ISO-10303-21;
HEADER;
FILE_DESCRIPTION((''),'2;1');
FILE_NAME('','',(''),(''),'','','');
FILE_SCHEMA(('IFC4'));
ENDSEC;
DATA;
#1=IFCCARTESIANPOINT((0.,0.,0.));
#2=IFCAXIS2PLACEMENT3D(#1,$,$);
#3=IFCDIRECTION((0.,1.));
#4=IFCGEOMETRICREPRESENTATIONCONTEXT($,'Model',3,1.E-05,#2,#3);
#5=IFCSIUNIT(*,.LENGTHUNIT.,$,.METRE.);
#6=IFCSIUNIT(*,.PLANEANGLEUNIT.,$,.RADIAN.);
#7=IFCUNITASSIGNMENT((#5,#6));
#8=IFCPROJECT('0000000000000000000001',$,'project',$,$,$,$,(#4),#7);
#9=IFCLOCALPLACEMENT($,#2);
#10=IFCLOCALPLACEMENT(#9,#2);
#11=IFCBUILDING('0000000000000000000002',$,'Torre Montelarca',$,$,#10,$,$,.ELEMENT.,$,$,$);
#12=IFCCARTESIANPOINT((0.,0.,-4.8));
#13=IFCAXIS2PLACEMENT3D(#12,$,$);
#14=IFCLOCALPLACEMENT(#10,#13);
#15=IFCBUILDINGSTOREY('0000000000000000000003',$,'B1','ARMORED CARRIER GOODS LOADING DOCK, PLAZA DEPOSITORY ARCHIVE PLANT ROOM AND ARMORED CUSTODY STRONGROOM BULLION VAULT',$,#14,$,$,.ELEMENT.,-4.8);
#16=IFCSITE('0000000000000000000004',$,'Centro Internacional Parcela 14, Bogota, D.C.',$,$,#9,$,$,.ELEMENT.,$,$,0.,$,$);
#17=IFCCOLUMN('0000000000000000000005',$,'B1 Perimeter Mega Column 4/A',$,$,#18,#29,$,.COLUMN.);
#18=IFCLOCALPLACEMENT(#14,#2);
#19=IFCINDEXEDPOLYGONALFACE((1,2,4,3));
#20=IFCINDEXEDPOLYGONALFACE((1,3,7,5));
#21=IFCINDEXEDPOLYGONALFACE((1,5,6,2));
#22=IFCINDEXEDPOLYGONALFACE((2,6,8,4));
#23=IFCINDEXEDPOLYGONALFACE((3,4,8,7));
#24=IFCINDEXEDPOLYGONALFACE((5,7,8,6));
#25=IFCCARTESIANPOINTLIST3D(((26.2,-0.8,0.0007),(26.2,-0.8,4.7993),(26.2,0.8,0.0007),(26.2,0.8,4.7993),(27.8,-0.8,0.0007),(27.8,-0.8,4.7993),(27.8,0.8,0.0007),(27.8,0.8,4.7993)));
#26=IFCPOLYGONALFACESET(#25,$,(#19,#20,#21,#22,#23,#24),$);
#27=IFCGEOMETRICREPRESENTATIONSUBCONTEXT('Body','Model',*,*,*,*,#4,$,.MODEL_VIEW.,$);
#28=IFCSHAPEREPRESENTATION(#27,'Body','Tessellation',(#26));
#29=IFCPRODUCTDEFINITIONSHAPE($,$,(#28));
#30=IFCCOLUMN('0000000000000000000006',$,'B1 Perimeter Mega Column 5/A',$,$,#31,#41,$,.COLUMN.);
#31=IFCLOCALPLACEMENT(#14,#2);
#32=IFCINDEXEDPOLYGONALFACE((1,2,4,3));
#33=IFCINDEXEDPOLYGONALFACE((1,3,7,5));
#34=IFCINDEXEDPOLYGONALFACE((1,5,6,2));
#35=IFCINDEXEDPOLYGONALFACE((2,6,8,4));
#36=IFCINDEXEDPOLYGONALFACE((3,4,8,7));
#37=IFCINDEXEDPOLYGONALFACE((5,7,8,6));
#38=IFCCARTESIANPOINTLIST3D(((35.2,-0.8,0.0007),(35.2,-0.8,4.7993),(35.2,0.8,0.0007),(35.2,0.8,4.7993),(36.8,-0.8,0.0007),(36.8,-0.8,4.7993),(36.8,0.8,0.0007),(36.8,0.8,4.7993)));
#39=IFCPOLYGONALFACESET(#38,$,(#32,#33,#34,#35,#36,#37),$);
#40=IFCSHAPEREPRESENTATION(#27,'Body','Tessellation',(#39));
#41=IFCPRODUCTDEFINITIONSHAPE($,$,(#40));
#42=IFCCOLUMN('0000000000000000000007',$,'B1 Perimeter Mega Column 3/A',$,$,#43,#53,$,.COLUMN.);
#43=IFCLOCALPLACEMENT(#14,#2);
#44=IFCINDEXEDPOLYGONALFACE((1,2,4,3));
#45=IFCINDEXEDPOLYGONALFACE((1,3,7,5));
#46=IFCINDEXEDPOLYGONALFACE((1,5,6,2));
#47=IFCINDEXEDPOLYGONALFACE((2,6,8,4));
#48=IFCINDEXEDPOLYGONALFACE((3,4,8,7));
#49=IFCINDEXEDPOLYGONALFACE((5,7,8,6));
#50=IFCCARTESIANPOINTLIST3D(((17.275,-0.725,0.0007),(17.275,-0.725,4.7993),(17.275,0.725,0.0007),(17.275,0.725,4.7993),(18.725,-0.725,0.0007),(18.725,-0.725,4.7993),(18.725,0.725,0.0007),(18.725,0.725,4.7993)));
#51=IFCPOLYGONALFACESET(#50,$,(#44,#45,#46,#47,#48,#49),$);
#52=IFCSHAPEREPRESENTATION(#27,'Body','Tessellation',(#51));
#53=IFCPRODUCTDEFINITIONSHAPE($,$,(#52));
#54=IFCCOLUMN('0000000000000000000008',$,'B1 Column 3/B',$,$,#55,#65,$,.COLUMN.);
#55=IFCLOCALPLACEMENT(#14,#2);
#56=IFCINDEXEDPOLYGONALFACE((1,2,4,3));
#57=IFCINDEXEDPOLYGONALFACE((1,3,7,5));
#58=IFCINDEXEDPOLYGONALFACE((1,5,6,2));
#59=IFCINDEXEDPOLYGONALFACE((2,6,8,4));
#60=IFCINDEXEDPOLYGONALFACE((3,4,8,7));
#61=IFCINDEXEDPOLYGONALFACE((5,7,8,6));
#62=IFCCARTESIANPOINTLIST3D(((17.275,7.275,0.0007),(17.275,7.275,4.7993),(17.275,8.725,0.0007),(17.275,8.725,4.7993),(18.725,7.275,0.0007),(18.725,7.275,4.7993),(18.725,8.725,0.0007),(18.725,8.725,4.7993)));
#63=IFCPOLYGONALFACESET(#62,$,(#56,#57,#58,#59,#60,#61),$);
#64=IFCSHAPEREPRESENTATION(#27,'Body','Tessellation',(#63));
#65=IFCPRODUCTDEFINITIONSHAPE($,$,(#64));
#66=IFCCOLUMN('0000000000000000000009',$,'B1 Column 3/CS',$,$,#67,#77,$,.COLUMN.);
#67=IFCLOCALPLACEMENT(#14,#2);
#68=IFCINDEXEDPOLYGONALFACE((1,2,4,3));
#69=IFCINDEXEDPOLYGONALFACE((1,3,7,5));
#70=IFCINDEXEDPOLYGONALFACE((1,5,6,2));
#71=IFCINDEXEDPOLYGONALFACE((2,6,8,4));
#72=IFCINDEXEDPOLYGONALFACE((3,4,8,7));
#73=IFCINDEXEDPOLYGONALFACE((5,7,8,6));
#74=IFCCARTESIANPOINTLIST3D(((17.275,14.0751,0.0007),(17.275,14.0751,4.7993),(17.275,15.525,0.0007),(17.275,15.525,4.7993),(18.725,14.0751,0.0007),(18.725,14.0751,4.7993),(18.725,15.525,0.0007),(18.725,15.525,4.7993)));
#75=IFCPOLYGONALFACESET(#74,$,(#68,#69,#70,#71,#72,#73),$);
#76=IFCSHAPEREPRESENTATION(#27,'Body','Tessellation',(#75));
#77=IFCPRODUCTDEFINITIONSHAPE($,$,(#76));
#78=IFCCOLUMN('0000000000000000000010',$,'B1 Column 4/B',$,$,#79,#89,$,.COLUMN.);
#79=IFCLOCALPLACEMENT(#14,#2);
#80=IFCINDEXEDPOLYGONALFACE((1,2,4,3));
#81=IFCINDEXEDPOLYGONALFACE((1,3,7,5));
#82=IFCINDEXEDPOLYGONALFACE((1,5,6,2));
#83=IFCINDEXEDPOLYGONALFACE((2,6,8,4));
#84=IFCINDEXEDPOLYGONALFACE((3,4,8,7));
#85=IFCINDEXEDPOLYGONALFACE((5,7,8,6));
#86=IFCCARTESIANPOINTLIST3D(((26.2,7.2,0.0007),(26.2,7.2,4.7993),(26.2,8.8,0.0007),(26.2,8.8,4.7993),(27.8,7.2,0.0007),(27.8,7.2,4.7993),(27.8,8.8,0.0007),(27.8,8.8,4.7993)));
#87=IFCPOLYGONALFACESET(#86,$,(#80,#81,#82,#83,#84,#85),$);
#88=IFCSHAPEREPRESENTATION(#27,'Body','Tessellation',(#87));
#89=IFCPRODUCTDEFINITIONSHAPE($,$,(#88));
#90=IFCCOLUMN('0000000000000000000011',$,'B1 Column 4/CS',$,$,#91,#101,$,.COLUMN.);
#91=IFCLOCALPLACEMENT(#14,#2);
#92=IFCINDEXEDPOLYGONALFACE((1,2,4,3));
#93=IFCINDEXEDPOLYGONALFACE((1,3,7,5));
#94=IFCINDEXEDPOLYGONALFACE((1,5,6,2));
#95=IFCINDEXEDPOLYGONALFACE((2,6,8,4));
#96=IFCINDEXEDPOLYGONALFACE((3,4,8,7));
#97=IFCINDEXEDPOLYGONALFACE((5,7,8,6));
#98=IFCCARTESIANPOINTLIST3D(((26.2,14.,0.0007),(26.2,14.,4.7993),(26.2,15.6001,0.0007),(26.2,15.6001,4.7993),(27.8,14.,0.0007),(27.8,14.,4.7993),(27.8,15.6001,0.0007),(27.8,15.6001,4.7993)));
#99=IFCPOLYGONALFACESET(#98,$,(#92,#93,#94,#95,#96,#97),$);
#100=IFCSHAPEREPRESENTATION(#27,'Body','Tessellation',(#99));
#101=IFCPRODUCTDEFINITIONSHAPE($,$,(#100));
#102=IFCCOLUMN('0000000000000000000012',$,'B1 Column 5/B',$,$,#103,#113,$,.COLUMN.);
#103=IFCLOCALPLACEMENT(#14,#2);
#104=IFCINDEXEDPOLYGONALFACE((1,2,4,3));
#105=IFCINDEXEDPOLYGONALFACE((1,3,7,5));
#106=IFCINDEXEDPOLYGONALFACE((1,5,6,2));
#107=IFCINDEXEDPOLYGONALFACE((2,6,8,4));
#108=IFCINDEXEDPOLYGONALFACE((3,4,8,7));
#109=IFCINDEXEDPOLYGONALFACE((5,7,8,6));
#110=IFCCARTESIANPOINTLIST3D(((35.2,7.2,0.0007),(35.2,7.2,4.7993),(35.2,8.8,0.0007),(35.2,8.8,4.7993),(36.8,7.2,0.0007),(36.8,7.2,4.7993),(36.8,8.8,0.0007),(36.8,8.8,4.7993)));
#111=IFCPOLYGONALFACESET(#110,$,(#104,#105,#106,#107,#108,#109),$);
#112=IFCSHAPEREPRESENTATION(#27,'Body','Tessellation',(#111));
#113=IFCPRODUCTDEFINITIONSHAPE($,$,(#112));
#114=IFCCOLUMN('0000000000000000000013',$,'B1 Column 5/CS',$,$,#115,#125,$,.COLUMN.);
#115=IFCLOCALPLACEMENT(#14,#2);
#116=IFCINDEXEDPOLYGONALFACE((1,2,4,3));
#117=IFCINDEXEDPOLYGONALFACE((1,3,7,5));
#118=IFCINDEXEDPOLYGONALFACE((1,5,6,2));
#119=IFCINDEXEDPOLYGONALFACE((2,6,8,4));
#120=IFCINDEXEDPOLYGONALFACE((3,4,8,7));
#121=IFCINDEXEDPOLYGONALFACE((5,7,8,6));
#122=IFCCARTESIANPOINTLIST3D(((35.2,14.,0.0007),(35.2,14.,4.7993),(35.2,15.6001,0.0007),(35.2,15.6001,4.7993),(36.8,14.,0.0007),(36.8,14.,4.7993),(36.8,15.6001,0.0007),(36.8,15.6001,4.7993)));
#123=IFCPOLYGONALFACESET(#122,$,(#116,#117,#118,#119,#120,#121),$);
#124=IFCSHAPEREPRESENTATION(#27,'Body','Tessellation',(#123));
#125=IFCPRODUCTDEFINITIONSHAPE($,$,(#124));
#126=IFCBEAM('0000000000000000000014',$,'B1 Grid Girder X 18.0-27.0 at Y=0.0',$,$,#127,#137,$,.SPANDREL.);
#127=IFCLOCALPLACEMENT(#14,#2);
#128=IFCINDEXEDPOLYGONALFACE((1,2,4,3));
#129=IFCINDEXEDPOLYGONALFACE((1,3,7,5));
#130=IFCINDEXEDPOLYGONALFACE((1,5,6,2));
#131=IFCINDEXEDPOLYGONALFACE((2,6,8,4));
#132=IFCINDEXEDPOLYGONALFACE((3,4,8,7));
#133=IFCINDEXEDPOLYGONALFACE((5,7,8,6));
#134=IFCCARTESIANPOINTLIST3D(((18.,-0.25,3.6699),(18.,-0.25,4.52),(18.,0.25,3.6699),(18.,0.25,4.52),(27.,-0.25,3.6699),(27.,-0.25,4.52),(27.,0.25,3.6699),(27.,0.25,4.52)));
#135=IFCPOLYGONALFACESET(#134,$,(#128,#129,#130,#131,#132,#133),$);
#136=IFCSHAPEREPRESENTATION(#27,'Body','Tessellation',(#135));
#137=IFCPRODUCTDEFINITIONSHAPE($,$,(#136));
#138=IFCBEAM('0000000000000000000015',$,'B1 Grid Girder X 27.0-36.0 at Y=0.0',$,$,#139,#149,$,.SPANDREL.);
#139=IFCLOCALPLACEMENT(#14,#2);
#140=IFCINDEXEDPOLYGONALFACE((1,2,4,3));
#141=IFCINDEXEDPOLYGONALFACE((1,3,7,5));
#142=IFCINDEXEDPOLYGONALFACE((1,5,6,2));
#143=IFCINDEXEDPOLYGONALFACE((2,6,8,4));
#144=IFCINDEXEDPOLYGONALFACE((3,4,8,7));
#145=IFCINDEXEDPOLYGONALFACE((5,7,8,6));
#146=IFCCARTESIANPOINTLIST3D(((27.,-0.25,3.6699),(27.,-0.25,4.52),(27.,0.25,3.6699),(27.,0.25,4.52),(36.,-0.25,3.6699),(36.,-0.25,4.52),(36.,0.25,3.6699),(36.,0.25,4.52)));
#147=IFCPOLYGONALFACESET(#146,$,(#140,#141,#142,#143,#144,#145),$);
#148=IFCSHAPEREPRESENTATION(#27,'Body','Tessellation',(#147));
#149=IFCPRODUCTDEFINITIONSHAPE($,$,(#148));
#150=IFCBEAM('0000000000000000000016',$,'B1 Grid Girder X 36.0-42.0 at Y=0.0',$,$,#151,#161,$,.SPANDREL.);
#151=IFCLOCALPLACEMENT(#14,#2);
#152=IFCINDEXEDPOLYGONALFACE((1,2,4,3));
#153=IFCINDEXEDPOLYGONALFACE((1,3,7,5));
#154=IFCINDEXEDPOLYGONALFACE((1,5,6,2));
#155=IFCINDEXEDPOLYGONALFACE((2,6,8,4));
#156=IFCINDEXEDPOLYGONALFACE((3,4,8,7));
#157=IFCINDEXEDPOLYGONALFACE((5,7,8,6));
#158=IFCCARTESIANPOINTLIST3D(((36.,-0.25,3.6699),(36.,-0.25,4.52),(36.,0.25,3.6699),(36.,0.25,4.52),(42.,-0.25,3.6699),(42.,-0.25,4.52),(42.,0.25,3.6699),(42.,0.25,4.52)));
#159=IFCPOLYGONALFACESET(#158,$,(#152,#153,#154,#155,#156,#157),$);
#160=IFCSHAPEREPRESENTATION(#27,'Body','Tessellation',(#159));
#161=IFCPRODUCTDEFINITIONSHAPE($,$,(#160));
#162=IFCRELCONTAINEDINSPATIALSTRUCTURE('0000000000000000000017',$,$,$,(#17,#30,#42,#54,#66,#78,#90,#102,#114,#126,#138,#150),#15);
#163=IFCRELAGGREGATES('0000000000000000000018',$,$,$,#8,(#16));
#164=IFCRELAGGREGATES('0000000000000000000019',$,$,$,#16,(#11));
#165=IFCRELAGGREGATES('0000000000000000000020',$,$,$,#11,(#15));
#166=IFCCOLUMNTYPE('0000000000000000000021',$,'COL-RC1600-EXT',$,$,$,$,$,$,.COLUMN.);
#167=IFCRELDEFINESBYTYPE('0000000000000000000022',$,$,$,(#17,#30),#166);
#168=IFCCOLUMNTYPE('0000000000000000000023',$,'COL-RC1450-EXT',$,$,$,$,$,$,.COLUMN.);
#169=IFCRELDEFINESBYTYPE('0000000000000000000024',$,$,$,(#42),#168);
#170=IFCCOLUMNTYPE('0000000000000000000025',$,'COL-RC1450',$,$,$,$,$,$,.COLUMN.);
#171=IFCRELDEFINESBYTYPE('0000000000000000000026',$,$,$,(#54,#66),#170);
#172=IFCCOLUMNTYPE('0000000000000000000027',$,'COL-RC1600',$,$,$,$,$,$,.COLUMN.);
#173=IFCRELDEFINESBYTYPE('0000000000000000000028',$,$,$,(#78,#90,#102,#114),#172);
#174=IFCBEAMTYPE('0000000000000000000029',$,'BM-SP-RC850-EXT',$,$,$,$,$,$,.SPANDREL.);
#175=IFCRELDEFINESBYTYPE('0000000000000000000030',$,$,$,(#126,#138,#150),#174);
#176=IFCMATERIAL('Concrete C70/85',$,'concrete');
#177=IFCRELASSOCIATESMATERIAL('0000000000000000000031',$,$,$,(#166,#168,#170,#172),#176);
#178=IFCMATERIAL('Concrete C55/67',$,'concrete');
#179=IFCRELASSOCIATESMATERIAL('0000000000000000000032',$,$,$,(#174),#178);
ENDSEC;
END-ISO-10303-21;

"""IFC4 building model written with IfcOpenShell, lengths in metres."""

from ifc_helpers import new_model, si_unit, direction, frame, origin, origin_2d, place, context, subcontext, project, spatial, rectangle, extrude, source, transform, mapped, material, material_profile, profile_set, type_object, element, save


model = new_model("IFC4")

# Units and contexts
model_context = context("Model", 3, precision=1e-05, world=origin(), true_north=direction((0.0, 1.0)))
body_context = subcontext(model_context, "Body", "Model", "MODEL_VIEW")
ifc_project = project(units=[si_unit("LENGTHUNIT", "METRE"), si_unit("PLANEANGLEUNIT", "RADIAN")], contexts=[model_context])

# Site, building, storey
site_placement = place(None, origin())
site = spatial("IfcSite", under=ifc_project, at=site_placement, Name="Centro Internacional Parcela 14, Bogota, D.C.", CompositionType="ELEMENT", RefElevation=0.0)
building_placement = place(site_placement, origin())
building = spatial("IfcBuilding", under=site, at=building_placement, Name="Torre Montelarca", CompositionType="ELEMENT")
storey_placement = place(building_placement, frame((0.0, 0.0, -4.8)))
storey = spatial("IfcBuildingStorey", under=building, at=storey_placement, Name="B1", Description="ARMORED CARRIER GOODS LOADING DOCK, PLAZA DEPOSITORY ARCHIVE PLANT ROOM AND ARMORED CUSTODY STRONGROOM BULLION VAULT", CompositionType="ELEMENT", Elevation=-4.8)

# Columns
ifc_material_1 = material(Name="Concrete C70/85", Category="concrete")
ifc_material_profile_1 = material_profile(ifc_material_1, rectangle(XDim=1.6001, YDim=1.6001, at=origin_2d()), Name="RC1600X1600", Category="concrete")
ifc_profile_set_1 = profile_set([ifc_material_profile_1], Name="Concrete C70/85")
column_type_1 = type_object("IfcColumnType", Name="COL-RC1600-EXT", PredefinedType="COLUMN", material=ifc_profile_set_1)
shared_shape_1 = source(origin(), body_context, "Body", "SweptSolid", [
    extrude(rectangle(XDim=1.6001, YDim=1.6001, at=origin_2d()), origin(), (0.0, 0.0, 1.0), 4.7986),
])
for number, where, z_axis, x_axis, name in (
    (1, (27.0, 0.0, 0.0007), (0.0, 0.0, 1.0), (1.0, 0.0, 0.0), "B1 Perimeter Mega Column 4/A"),
    (2, (36.0, 0.0, 0.0007), (0.0, 0.0, 1.0), (1.0, 0.0, 0.0), "B1 Perimeter Mega Column 5/A"),
):
    element("IfcColumn", number, at=place(storey_placement, frame(where, z_axis=z_axis, x_axis=x_axis)), inside=storey, type_object=column_type_1, Name=name, PredefinedType="COLUMN", context=body_context, shape_type="MappedRepresentation", body=[
        mapped(shared_shape_1, transform((0.0, 0.0, 0.0), scale=1.0)),
    ])
ifc_material_profile_2 = material_profile(ifc_material_1, rectangle(XDim=1.45, YDim=1.45, at=origin_2d()), Name="RC1450X1450", Category="concrete")
ifc_profile_set_2 = profile_set([ifc_material_profile_2], Name="Concrete C70/85")
column_type_2 = type_object("IfcColumnType", Name="COL-RC1450-EXT", PredefinedType="COLUMN", material=ifc_profile_set_2)
shared_shape_2 = source(origin(), body_context, "Body", "SweptSolid", [
    extrude(rectangle(XDim=1.45, YDim=1.45, at=origin_2d()), origin(), (0.0, 0.0, 1.0), 4.7986),
])
column_placement = place(storey_placement, frame((18.0, 0.0, 0.0007), z_axis=(0.0, 0.0, 1.0), x_axis=(1.0, 0.0, 0.0)))
element("IfcColumn", 3, at=column_placement, inside=storey, type_object=column_type_2, Name="B1 Perimeter Mega Column 3/A", PredefinedType="COLUMN", context=body_context, shape_type="MappedRepresentation", body=[
    mapped(shared_shape_2, transform((0.0, 0.0, 0.0), scale=1.0)),
])
ifc_material_profile_3 = material_profile(ifc_material_1, rectangle(XDim=1.45, YDim=1.45, at=origin_2d()), Name="RC1450X1450", Category="concrete")
ifc_profile_set_3 = profile_set([ifc_material_profile_3], Name="Concrete C70/85")
column_type_3 = type_object("IfcColumnType", Name="COL-RC1450", PredefinedType="COLUMN", material=ifc_profile_set_3)
shared_shape_3 = source(origin(), body_context, "Body", "SweptSolid", [
    extrude(rectangle(XDim=1.45, YDim=1.45, at=origin_2d()), origin(), (0.0, 0.0, 1.0), 4.7986),
])
for number, where, z_axis, x_axis, name in (
    (4, (18.0, 8.0, 0.0007), (0.0, 0.0, 1.0), (1.0, 0.0, 0.0), "B1 Column 3/B"),
    (5, (18.0, 14.8, 0.0007), (0.0, 0.0, 1.0), (1.0, 0.0, 0.0), "B1 Column 3/CS"),
):
    element("IfcColumn", number, at=place(storey_placement, frame(where, z_axis=z_axis, x_axis=x_axis)), inside=storey, type_object=column_type_3, Name=name, PredefinedType="COLUMN", context=body_context, shape_type="MappedRepresentation", body=[
        mapped(shared_shape_3, transform((0.0, 0.0, 0.0), scale=1.0)),
    ])
ifc_material_profile_4 = material_profile(ifc_material_1, rectangle(XDim=1.6001, YDim=1.6001, at=origin_2d()), Name="RC1600X1600", Category="concrete")
ifc_profile_set_4 = profile_set([ifc_material_profile_4], Name="Concrete C70/85")
column_type_4 = type_object("IfcColumnType", Name="COL-RC1600", PredefinedType="COLUMN", material=ifc_profile_set_4)
shared_shape_4 = source(origin(), body_context, "Body", "SweptSolid", [
    extrude(rectangle(XDim=1.6001, YDim=1.6001, at=origin_2d()), origin(), (0.0, 0.0, 1.0), 4.7986),
])
for number, where, z_axis, x_axis, name in (
    (6, (27.0, 8.0, 0.0007), (0.0, 0.0, 1.0), (1.0, 0.0, 0.0), "B1 Column 4/B"),
    (7, (27.0, 14.8, 0.0007), (0.0, 0.0, 1.0), (1.0, 0.0, 0.0), "B1 Column 4/CS"),
    (8, (36.0, 8.0, 0.0007), (0.0, 0.0, 1.0), (1.0, 0.0, 0.0), "B1 Column 5/B"),
    (9, (36.0, 14.8, 0.0007), (0.0, 0.0, 1.0), (1.0, 0.0, 0.0), "B1 Column 5/CS"),
):
    element("IfcColumn", number, at=place(storey_placement, frame(where, z_axis=z_axis, x_axis=x_axis)), inside=storey, type_object=column_type_4, Name=name, PredefinedType="COLUMN", context=body_context, shape_type="MappedRepresentation", body=[
        mapped(shared_shape_4, transform((0.0, 0.0, 0.0), scale=1.0)),
    ])

# Beams
ifc_material_2 = material(Name="Concrete C55/67", Category="concrete")
ifc_material_profile_5 = material_profile(ifc_material_2, rectangle(XDim=0.5, YDim=0.8501, at=origin_2d()), Name="RCB500X850", Category="concrete")
ifc_profile_set_5 = profile_set([ifc_material_profile_5], Name="Concrete C55/67")
beam_type_1 = type_object("IfcBeamType", Name="BM-SP-RC850-EXT", PredefinedType="SPANDREL", material=ifc_profile_set_5)
shared_shape_5 = source(origin(), body_context, "Body", "SweptSolid", [
    extrude(rectangle(XDim=0.5, YDim=0.8501, at=origin_2d()), origin(), (0.0, 0.0, 1.0), 9.0),
])
for number, where, z_axis, x_axis, name in (
    (10, (18.0, 0.0, 4.095), (1.0, 0.0, 0.0), (0.0, 1.0, 0.0), "B1 Grid Girder X 18.0-27.0 at Y=0.0"),
    (11, (27.0, 0.0, 4.095), (1.0, 0.0, 0.0), (0.0, 1.0, 0.0), "B1 Grid Girder X 27.0-36.0 at Y=0.0"),
):
    element("IfcBeam", number, at=place(storey_placement, frame(where, z_axis=z_axis, x_axis=x_axis)), inside=storey, type_object=beam_type_1, Name=name, PredefinedType="SPANDREL", context=body_context, shape_type="MappedRepresentation", body=[
        mapped(shared_shape_5, transform((0.0, 0.0, 0.0), scale=1.0)),
    ])
shared_shape_6 = source(origin(), body_context, "Body", "SweptSolid", [
    extrude(rectangle(XDim=0.5, YDim=0.8501, at=origin_2d()), origin(), (0.0, 0.0, 1.0), 6.0),
])
beam_1_placement = place(storey_placement, frame((36.0, 0.0, 4.095), z_axis=(1.0, 0.0, 0.0), x_axis=(0.0, 1.0, 0.0)))
element("IfcBeam", 12, at=beam_1_placement, inside=storey, type_object=beam_type_1, Name="B1 Grid Girder X 36.0-42.0 at Y=0.0", PredefinedType="SPANDREL", context=body_context, shape_type="MappedRepresentation", body=[
    mapped(shared_shape_6, transform((0.0, 0.0, 0.0), scale=1.0)),
])

save(model, "model.ifc")
